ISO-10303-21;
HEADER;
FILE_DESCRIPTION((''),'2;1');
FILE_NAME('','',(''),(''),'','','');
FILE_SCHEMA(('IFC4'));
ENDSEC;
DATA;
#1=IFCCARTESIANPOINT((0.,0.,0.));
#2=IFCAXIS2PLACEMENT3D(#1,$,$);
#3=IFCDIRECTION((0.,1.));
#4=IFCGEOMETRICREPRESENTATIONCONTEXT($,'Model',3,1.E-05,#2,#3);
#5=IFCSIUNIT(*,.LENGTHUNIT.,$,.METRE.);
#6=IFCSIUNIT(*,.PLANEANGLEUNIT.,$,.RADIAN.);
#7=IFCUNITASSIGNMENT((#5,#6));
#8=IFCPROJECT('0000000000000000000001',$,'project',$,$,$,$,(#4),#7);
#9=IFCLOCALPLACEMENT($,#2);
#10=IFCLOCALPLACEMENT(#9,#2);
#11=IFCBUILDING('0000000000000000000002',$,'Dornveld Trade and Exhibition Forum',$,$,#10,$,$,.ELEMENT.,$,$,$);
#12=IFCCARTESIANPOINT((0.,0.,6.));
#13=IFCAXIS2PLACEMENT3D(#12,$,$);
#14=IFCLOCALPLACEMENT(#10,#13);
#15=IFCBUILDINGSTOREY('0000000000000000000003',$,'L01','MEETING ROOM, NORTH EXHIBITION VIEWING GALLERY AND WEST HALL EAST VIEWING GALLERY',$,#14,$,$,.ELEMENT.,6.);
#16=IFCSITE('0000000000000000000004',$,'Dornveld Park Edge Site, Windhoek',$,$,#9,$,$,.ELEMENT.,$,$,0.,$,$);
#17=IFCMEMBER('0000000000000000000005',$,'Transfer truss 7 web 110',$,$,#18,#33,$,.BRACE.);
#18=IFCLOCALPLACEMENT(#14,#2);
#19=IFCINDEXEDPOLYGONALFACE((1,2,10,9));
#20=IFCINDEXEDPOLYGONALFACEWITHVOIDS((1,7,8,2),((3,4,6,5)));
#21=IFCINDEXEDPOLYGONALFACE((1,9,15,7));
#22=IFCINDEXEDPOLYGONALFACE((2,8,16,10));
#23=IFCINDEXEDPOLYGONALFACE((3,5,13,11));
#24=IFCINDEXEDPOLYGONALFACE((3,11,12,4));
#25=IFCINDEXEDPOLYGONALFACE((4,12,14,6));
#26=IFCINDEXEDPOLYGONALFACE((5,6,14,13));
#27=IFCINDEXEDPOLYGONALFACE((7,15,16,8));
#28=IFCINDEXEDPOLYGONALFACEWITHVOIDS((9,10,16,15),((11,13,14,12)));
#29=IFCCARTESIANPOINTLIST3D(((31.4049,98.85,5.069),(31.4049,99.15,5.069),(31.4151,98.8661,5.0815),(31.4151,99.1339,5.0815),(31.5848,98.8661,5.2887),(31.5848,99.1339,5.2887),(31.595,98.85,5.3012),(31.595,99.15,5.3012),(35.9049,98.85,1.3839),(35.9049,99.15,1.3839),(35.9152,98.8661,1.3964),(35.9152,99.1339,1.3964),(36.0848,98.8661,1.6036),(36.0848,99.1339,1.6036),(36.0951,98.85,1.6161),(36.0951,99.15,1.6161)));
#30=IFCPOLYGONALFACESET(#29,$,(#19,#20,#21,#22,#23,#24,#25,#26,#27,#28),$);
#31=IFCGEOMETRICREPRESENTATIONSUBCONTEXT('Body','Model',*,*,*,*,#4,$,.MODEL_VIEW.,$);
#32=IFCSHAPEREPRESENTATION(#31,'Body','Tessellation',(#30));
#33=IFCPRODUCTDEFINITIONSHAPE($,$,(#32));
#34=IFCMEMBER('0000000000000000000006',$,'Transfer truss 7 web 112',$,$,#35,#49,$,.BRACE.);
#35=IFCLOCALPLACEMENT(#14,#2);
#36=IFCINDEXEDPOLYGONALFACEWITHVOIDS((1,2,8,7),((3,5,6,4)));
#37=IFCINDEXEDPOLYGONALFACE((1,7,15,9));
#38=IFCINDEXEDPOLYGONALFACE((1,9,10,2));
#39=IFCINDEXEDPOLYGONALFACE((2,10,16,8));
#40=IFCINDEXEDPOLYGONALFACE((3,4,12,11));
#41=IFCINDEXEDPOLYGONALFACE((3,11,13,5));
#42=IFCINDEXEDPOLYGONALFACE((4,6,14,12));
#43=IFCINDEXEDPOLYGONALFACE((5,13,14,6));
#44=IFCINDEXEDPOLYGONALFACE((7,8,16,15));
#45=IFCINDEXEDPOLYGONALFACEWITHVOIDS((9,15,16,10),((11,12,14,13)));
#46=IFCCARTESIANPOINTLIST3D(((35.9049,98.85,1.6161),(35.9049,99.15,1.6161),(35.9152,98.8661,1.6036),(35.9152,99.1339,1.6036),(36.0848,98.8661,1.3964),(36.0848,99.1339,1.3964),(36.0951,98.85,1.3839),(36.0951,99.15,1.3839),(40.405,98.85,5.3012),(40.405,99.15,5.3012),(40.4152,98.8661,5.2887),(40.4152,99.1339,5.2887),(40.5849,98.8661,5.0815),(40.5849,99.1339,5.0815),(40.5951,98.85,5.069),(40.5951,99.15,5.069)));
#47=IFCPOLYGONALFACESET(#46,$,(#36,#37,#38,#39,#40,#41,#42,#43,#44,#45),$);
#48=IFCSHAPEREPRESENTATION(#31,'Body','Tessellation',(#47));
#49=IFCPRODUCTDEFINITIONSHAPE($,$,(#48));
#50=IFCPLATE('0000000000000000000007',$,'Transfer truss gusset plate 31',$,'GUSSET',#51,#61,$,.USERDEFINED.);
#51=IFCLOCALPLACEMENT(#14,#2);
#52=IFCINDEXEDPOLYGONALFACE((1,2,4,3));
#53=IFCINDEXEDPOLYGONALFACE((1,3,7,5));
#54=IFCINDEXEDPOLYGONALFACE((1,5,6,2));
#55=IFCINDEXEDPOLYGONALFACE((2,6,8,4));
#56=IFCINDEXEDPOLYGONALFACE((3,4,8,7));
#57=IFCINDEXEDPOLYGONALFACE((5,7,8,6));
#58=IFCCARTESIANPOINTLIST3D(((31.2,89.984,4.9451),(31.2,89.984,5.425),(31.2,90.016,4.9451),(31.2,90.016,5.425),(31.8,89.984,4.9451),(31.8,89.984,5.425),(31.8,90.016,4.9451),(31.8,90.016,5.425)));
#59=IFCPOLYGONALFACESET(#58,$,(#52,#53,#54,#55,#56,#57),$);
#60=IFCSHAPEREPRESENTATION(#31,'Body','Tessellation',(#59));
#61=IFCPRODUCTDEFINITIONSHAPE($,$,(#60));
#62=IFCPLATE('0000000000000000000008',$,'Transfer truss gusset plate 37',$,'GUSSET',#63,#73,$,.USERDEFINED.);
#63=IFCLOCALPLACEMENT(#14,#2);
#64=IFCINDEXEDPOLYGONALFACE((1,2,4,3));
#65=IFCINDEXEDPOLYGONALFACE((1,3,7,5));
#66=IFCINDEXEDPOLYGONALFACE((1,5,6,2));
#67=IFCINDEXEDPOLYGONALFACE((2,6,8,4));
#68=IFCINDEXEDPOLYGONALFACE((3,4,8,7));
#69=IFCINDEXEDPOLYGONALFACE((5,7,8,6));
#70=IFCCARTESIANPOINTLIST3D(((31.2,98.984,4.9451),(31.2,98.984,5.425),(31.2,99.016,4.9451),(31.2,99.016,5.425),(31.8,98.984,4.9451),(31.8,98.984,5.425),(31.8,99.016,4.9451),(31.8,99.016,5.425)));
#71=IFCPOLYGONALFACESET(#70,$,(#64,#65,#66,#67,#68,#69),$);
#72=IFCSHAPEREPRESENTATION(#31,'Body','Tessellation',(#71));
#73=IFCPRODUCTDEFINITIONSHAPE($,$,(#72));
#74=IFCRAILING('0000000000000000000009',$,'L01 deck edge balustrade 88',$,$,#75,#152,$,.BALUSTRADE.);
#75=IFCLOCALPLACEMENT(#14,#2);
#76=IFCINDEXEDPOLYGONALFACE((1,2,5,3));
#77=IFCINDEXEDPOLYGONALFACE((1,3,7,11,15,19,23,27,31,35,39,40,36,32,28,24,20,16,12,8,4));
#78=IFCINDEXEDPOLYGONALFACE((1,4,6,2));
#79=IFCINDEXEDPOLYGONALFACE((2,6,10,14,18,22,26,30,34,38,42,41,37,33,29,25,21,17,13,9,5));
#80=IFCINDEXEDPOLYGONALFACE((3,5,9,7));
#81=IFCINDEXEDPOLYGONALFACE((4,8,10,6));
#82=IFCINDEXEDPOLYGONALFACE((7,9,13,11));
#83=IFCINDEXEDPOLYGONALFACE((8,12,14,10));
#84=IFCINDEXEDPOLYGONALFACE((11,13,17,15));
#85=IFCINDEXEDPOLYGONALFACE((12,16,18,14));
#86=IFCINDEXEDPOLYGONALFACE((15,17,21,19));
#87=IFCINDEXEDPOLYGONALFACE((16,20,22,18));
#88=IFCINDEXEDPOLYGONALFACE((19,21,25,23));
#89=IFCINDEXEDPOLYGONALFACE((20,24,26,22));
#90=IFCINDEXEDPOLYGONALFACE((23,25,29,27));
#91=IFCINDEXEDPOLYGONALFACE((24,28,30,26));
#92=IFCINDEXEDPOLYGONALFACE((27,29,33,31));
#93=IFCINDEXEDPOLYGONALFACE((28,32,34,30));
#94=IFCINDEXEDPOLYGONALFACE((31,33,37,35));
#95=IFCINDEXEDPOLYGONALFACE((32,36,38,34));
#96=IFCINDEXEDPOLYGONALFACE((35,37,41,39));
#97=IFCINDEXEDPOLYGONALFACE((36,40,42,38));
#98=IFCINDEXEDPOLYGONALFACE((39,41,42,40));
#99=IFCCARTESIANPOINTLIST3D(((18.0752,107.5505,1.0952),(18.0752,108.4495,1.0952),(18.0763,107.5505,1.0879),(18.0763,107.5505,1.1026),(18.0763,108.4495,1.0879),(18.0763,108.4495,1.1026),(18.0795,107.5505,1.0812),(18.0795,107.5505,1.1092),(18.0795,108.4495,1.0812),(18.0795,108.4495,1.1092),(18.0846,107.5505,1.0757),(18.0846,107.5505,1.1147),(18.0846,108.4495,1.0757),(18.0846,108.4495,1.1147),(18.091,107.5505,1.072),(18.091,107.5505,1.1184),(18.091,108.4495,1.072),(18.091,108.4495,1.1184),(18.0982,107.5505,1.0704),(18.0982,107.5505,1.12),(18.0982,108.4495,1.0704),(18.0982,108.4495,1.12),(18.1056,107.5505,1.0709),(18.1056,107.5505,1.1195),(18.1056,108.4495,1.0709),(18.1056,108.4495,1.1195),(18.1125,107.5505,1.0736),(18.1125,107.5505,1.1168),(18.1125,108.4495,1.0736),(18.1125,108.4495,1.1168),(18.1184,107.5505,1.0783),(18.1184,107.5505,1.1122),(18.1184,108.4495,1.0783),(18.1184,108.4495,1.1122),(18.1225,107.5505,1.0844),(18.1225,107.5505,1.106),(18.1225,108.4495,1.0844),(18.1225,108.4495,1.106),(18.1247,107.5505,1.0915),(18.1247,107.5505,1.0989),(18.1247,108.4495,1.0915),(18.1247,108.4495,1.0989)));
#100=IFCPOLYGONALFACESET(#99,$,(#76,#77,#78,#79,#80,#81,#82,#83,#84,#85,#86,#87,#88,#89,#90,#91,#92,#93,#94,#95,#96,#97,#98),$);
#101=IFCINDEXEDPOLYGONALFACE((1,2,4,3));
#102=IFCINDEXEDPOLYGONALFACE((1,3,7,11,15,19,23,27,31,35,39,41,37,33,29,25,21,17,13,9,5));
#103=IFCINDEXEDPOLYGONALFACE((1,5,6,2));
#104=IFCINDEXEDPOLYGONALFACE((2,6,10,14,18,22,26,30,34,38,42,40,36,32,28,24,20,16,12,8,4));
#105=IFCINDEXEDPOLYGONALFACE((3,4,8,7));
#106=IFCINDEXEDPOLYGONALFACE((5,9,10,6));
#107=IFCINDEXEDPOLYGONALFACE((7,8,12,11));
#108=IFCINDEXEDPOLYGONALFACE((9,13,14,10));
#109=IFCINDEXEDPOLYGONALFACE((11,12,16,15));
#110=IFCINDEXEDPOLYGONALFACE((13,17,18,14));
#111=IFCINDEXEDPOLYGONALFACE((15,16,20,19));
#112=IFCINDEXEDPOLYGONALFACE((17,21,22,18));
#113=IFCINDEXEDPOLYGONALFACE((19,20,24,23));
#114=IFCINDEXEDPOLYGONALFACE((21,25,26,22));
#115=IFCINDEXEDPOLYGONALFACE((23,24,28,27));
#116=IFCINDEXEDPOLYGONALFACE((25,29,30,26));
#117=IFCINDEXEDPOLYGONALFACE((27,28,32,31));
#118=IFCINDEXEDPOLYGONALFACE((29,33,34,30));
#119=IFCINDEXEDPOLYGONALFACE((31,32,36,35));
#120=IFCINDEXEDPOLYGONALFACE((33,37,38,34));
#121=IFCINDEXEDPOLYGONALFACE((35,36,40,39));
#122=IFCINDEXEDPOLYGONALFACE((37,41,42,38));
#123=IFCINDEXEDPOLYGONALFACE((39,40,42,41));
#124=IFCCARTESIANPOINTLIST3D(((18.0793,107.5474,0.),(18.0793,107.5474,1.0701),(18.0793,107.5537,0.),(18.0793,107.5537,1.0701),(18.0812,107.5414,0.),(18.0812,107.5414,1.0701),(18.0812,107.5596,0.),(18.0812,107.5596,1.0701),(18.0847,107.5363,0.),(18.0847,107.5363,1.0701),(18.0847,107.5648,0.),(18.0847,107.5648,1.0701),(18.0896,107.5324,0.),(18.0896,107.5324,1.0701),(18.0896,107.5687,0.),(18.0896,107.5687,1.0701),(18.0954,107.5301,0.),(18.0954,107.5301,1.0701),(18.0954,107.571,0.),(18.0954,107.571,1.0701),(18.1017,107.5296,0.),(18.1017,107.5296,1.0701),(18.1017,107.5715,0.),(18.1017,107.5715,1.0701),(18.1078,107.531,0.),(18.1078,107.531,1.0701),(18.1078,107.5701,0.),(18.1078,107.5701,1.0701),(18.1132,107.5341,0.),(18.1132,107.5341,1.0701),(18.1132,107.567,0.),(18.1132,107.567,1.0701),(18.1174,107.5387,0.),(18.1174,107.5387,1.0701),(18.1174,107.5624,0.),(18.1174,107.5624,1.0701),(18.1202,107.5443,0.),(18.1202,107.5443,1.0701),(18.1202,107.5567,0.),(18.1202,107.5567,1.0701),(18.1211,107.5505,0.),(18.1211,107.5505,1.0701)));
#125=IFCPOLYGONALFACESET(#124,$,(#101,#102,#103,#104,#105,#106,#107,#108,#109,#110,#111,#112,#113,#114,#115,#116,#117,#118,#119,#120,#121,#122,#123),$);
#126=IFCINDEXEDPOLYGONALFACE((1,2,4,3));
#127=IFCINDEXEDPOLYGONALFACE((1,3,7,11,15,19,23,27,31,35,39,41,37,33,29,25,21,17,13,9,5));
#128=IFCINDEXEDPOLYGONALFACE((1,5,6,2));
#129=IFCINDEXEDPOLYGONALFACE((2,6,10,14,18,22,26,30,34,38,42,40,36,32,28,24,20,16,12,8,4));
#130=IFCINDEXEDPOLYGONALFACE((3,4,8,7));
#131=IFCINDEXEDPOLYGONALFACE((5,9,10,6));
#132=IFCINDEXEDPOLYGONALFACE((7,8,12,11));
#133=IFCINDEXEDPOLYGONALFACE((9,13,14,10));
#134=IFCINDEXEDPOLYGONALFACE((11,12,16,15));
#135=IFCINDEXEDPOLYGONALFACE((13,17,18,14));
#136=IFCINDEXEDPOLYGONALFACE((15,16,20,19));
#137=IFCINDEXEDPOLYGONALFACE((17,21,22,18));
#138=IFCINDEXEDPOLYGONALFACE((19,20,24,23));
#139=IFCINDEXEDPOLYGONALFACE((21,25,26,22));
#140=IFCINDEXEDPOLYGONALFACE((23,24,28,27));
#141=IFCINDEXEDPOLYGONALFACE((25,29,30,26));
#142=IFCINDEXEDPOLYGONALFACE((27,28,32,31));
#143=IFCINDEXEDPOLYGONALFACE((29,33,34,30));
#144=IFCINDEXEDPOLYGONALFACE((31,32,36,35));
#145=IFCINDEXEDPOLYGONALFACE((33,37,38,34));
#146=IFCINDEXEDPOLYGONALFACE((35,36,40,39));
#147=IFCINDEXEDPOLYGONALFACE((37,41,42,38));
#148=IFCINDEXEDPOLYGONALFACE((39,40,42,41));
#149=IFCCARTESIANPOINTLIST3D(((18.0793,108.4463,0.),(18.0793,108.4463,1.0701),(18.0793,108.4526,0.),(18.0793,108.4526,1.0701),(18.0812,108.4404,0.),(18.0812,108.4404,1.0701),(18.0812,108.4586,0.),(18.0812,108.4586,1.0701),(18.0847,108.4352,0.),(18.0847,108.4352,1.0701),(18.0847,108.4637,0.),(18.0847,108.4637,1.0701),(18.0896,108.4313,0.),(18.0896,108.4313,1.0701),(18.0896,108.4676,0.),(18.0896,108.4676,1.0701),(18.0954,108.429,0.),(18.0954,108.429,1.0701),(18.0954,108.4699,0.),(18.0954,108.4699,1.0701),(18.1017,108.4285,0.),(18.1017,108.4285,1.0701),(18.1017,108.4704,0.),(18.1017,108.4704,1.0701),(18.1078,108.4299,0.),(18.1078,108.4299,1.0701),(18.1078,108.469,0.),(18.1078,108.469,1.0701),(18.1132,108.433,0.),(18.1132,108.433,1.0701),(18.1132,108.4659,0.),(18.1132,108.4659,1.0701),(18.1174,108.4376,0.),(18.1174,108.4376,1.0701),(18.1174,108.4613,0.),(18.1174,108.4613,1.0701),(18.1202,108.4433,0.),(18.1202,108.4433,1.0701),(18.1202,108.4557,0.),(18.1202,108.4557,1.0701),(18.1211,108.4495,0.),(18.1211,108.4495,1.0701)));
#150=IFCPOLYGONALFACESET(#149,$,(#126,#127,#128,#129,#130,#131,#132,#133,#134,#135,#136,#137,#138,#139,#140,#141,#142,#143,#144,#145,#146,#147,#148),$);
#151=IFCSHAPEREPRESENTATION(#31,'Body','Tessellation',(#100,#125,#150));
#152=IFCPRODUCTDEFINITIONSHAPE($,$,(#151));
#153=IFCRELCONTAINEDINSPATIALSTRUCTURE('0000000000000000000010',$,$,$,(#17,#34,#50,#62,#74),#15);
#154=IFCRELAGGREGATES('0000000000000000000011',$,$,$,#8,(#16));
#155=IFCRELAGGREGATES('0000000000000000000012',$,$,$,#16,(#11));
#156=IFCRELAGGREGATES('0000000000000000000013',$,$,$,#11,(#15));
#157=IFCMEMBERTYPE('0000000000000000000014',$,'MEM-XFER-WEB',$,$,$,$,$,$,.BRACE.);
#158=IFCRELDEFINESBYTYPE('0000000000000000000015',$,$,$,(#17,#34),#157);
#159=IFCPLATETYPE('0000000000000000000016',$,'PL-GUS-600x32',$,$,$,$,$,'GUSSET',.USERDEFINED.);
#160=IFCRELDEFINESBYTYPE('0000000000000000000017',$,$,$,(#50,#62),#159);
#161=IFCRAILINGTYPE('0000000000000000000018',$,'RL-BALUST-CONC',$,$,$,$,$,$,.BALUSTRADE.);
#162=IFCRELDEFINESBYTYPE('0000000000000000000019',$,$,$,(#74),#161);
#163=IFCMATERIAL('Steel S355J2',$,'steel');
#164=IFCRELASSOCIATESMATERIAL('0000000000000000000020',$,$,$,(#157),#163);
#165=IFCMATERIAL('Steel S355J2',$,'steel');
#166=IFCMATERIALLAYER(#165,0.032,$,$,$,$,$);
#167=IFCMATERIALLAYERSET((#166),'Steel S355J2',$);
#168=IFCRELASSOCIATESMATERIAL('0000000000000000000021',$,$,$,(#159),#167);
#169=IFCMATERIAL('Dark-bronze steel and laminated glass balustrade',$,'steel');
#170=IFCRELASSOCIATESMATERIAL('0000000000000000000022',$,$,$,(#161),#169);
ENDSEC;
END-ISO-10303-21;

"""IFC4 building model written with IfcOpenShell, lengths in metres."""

from ifc_helpers import new_model, si_unit, direction, frame, origin, origin_2d, place, context, subcontext, project, spatial, rectangle, hollow_rectangle, circle, extrude, material, layer, layer_set, material_profile, profile_set, type_object, element, save


model = new_model("IFC4")

# Units and contexts
model_context = context("Model", 3, precision=1e-05, world=origin(), true_north=direction((0.0, 1.0)))
body_context = subcontext(model_context, "Body", "Model", "MODEL_VIEW")
ifc_project = project(units=[si_unit("LENGTHUNIT", "METRE"), si_unit("PLANEANGLEUNIT", "RADIAN")], contexts=[model_context])

# Site, building, storey
site_placement = place(None, origin())
site = spatial("IfcSite", under=ifc_project, at=site_placement, Name="Dornveld Park Edge Site, Windhoek", CompositionType="ELEMENT", RefElevation=0.0)
building_placement = place(site_placement, origin())
building = spatial("IfcBuilding", under=site, at=building_placement, Name="Dornveld Trade and Exhibition Forum", CompositionType="ELEMENT")
storey_placement = place(building_placement, frame((0.0, 0.0, 6.0)))
storey = spatial("IfcBuildingStorey", under=building, at=storey_placement, Name="L01", Description="MEETING ROOM, NORTH EXHIBITION VIEWING GALLERY AND WEST HALL EAST VIEWING GALLERY", CompositionType="ELEMENT", Elevation=6.0)

# Members
ifc_material_1 = material(Name="Steel S355J2", Category="steel")
ifc_material_profile_1 = material_profile(ifc_material_1, hollow_rectangle(XDim=0.3, YDim=0.3, WallThickness=0.0161, at=origin_2d()), Name="SHS 300x300x16")
ifc_profile_set_1 = profile_set([ifc_material_profile_1], Name="Steel S355J2")
member_type_1 = type_object("IfcMemberType", Name="MEM-XFER-WEB", PredefinedType="BRACE", material=ifc_profile_set_1)
for number, where, z_axis, x_axis, name in (
    (1, (36.0, 99.0, 1.5), (-0.773684, 0.0, 0.633571), (0.0, -1.0, 0.0), "Transfer truss 7 web 110"),
    (2, (36.0, 99.0, 1.5), (0.773684, 0.0, 0.633571), (0.0, 1.0, 0.0), "Transfer truss 7 web 112"),
):
    element("IfcMember", number, at=place(storey_placement, frame(where, z_axis=z_axis, x_axis=x_axis)), inside=storey, type_object=member_type_1, Name=name, PredefinedType="BRACE", context=body_context, shape_type="SweptSolid", body=[
        extrude(hollow_rectangle(XDim=0.3, YDim=0.3, WallThickness=0.0161, at=origin_2d()), origin(), (0.0, 0.0, 1.0), 5.8164),
    ])

# Plates
ifc_material_2 = material(Name="Steel S355J2", Category="steel")
ifc_layer = layer(ifc_material_2, 0.032)
ifc_layer_set = layer_set([ifc_layer], Name="Steel S355J2")
plate_type = type_object("IfcPlateType", Name="PL-GUS-600x32", ElementType="GUSSET", PredefinedType="USERDEFINED", material=ifc_layer_set)
for number, where, z_axis, x_axis, name in (
    (3, (31.5, 90.0, 4.9451), (0.0, 0.0, 1.0), (1.0, 0.0, 0.0), "Transfer truss gusset plate 31"),
    (4, (31.5, 99.0, 4.9451), (0.0, 0.0, 1.0), (1.0, 0.0, 0.0), "Transfer truss gusset plate 37"),
):
    element("IfcPlate", number, at=place(storey_placement, frame(where, z_axis=z_axis, x_axis=x_axis)), inside=storey, type_object=plate_type, Name=name, ObjectType="GUSSET", PredefinedType="USERDEFINED", context=body_context, shape_type="SweptSolid", body=[
        extrude(rectangle(XDim=0.6001, YDim=0.032, at=origin_2d()), origin(), (0.0, 0.0, 1.0), 0.48),
    ])

# Railing
ifc_material_3 = material(Name="Dark-bronze steel and laminated glass balustrade", Category="steel")
railing_type = type_object("IfcRailingType", Name="RL-BALUST-CONC", PredefinedType="BALUSTRADE", material=ifc_material_3)
railing_placement = place(storey_placement, frame((18.1001, 107.5505, 0.0)))
element("IfcRailing", 5, at=railing_placement, inside=storey, type_object=railing_type, Name="L01 deck edge balustrade 88", PredefinedType="BALUSTRADE", context=body_context, shape_type="SweptSolid", body=[
    extrude(circle(Radius=0.0249, at=origin_2d()), frame((0.0, 0.0, 1.0952), z_axis=(0.0, 1.0, 0.0), x_axis=(-1.0, 0.0, 0.0)), (0.0, 0.0, 1.0), 0.8989),
    extrude(circle(Radius=0.021, at=origin_2d()), origin(), (0.0, 0.0, 1.0), 1.0701),
    extrude(circle(Radius=0.021, at=origin_2d()), frame((0.0, 0.8989, 0.0)), (0.0, 0.0, 1.0), 1.0701),
])

save(model, "model.ifc")
